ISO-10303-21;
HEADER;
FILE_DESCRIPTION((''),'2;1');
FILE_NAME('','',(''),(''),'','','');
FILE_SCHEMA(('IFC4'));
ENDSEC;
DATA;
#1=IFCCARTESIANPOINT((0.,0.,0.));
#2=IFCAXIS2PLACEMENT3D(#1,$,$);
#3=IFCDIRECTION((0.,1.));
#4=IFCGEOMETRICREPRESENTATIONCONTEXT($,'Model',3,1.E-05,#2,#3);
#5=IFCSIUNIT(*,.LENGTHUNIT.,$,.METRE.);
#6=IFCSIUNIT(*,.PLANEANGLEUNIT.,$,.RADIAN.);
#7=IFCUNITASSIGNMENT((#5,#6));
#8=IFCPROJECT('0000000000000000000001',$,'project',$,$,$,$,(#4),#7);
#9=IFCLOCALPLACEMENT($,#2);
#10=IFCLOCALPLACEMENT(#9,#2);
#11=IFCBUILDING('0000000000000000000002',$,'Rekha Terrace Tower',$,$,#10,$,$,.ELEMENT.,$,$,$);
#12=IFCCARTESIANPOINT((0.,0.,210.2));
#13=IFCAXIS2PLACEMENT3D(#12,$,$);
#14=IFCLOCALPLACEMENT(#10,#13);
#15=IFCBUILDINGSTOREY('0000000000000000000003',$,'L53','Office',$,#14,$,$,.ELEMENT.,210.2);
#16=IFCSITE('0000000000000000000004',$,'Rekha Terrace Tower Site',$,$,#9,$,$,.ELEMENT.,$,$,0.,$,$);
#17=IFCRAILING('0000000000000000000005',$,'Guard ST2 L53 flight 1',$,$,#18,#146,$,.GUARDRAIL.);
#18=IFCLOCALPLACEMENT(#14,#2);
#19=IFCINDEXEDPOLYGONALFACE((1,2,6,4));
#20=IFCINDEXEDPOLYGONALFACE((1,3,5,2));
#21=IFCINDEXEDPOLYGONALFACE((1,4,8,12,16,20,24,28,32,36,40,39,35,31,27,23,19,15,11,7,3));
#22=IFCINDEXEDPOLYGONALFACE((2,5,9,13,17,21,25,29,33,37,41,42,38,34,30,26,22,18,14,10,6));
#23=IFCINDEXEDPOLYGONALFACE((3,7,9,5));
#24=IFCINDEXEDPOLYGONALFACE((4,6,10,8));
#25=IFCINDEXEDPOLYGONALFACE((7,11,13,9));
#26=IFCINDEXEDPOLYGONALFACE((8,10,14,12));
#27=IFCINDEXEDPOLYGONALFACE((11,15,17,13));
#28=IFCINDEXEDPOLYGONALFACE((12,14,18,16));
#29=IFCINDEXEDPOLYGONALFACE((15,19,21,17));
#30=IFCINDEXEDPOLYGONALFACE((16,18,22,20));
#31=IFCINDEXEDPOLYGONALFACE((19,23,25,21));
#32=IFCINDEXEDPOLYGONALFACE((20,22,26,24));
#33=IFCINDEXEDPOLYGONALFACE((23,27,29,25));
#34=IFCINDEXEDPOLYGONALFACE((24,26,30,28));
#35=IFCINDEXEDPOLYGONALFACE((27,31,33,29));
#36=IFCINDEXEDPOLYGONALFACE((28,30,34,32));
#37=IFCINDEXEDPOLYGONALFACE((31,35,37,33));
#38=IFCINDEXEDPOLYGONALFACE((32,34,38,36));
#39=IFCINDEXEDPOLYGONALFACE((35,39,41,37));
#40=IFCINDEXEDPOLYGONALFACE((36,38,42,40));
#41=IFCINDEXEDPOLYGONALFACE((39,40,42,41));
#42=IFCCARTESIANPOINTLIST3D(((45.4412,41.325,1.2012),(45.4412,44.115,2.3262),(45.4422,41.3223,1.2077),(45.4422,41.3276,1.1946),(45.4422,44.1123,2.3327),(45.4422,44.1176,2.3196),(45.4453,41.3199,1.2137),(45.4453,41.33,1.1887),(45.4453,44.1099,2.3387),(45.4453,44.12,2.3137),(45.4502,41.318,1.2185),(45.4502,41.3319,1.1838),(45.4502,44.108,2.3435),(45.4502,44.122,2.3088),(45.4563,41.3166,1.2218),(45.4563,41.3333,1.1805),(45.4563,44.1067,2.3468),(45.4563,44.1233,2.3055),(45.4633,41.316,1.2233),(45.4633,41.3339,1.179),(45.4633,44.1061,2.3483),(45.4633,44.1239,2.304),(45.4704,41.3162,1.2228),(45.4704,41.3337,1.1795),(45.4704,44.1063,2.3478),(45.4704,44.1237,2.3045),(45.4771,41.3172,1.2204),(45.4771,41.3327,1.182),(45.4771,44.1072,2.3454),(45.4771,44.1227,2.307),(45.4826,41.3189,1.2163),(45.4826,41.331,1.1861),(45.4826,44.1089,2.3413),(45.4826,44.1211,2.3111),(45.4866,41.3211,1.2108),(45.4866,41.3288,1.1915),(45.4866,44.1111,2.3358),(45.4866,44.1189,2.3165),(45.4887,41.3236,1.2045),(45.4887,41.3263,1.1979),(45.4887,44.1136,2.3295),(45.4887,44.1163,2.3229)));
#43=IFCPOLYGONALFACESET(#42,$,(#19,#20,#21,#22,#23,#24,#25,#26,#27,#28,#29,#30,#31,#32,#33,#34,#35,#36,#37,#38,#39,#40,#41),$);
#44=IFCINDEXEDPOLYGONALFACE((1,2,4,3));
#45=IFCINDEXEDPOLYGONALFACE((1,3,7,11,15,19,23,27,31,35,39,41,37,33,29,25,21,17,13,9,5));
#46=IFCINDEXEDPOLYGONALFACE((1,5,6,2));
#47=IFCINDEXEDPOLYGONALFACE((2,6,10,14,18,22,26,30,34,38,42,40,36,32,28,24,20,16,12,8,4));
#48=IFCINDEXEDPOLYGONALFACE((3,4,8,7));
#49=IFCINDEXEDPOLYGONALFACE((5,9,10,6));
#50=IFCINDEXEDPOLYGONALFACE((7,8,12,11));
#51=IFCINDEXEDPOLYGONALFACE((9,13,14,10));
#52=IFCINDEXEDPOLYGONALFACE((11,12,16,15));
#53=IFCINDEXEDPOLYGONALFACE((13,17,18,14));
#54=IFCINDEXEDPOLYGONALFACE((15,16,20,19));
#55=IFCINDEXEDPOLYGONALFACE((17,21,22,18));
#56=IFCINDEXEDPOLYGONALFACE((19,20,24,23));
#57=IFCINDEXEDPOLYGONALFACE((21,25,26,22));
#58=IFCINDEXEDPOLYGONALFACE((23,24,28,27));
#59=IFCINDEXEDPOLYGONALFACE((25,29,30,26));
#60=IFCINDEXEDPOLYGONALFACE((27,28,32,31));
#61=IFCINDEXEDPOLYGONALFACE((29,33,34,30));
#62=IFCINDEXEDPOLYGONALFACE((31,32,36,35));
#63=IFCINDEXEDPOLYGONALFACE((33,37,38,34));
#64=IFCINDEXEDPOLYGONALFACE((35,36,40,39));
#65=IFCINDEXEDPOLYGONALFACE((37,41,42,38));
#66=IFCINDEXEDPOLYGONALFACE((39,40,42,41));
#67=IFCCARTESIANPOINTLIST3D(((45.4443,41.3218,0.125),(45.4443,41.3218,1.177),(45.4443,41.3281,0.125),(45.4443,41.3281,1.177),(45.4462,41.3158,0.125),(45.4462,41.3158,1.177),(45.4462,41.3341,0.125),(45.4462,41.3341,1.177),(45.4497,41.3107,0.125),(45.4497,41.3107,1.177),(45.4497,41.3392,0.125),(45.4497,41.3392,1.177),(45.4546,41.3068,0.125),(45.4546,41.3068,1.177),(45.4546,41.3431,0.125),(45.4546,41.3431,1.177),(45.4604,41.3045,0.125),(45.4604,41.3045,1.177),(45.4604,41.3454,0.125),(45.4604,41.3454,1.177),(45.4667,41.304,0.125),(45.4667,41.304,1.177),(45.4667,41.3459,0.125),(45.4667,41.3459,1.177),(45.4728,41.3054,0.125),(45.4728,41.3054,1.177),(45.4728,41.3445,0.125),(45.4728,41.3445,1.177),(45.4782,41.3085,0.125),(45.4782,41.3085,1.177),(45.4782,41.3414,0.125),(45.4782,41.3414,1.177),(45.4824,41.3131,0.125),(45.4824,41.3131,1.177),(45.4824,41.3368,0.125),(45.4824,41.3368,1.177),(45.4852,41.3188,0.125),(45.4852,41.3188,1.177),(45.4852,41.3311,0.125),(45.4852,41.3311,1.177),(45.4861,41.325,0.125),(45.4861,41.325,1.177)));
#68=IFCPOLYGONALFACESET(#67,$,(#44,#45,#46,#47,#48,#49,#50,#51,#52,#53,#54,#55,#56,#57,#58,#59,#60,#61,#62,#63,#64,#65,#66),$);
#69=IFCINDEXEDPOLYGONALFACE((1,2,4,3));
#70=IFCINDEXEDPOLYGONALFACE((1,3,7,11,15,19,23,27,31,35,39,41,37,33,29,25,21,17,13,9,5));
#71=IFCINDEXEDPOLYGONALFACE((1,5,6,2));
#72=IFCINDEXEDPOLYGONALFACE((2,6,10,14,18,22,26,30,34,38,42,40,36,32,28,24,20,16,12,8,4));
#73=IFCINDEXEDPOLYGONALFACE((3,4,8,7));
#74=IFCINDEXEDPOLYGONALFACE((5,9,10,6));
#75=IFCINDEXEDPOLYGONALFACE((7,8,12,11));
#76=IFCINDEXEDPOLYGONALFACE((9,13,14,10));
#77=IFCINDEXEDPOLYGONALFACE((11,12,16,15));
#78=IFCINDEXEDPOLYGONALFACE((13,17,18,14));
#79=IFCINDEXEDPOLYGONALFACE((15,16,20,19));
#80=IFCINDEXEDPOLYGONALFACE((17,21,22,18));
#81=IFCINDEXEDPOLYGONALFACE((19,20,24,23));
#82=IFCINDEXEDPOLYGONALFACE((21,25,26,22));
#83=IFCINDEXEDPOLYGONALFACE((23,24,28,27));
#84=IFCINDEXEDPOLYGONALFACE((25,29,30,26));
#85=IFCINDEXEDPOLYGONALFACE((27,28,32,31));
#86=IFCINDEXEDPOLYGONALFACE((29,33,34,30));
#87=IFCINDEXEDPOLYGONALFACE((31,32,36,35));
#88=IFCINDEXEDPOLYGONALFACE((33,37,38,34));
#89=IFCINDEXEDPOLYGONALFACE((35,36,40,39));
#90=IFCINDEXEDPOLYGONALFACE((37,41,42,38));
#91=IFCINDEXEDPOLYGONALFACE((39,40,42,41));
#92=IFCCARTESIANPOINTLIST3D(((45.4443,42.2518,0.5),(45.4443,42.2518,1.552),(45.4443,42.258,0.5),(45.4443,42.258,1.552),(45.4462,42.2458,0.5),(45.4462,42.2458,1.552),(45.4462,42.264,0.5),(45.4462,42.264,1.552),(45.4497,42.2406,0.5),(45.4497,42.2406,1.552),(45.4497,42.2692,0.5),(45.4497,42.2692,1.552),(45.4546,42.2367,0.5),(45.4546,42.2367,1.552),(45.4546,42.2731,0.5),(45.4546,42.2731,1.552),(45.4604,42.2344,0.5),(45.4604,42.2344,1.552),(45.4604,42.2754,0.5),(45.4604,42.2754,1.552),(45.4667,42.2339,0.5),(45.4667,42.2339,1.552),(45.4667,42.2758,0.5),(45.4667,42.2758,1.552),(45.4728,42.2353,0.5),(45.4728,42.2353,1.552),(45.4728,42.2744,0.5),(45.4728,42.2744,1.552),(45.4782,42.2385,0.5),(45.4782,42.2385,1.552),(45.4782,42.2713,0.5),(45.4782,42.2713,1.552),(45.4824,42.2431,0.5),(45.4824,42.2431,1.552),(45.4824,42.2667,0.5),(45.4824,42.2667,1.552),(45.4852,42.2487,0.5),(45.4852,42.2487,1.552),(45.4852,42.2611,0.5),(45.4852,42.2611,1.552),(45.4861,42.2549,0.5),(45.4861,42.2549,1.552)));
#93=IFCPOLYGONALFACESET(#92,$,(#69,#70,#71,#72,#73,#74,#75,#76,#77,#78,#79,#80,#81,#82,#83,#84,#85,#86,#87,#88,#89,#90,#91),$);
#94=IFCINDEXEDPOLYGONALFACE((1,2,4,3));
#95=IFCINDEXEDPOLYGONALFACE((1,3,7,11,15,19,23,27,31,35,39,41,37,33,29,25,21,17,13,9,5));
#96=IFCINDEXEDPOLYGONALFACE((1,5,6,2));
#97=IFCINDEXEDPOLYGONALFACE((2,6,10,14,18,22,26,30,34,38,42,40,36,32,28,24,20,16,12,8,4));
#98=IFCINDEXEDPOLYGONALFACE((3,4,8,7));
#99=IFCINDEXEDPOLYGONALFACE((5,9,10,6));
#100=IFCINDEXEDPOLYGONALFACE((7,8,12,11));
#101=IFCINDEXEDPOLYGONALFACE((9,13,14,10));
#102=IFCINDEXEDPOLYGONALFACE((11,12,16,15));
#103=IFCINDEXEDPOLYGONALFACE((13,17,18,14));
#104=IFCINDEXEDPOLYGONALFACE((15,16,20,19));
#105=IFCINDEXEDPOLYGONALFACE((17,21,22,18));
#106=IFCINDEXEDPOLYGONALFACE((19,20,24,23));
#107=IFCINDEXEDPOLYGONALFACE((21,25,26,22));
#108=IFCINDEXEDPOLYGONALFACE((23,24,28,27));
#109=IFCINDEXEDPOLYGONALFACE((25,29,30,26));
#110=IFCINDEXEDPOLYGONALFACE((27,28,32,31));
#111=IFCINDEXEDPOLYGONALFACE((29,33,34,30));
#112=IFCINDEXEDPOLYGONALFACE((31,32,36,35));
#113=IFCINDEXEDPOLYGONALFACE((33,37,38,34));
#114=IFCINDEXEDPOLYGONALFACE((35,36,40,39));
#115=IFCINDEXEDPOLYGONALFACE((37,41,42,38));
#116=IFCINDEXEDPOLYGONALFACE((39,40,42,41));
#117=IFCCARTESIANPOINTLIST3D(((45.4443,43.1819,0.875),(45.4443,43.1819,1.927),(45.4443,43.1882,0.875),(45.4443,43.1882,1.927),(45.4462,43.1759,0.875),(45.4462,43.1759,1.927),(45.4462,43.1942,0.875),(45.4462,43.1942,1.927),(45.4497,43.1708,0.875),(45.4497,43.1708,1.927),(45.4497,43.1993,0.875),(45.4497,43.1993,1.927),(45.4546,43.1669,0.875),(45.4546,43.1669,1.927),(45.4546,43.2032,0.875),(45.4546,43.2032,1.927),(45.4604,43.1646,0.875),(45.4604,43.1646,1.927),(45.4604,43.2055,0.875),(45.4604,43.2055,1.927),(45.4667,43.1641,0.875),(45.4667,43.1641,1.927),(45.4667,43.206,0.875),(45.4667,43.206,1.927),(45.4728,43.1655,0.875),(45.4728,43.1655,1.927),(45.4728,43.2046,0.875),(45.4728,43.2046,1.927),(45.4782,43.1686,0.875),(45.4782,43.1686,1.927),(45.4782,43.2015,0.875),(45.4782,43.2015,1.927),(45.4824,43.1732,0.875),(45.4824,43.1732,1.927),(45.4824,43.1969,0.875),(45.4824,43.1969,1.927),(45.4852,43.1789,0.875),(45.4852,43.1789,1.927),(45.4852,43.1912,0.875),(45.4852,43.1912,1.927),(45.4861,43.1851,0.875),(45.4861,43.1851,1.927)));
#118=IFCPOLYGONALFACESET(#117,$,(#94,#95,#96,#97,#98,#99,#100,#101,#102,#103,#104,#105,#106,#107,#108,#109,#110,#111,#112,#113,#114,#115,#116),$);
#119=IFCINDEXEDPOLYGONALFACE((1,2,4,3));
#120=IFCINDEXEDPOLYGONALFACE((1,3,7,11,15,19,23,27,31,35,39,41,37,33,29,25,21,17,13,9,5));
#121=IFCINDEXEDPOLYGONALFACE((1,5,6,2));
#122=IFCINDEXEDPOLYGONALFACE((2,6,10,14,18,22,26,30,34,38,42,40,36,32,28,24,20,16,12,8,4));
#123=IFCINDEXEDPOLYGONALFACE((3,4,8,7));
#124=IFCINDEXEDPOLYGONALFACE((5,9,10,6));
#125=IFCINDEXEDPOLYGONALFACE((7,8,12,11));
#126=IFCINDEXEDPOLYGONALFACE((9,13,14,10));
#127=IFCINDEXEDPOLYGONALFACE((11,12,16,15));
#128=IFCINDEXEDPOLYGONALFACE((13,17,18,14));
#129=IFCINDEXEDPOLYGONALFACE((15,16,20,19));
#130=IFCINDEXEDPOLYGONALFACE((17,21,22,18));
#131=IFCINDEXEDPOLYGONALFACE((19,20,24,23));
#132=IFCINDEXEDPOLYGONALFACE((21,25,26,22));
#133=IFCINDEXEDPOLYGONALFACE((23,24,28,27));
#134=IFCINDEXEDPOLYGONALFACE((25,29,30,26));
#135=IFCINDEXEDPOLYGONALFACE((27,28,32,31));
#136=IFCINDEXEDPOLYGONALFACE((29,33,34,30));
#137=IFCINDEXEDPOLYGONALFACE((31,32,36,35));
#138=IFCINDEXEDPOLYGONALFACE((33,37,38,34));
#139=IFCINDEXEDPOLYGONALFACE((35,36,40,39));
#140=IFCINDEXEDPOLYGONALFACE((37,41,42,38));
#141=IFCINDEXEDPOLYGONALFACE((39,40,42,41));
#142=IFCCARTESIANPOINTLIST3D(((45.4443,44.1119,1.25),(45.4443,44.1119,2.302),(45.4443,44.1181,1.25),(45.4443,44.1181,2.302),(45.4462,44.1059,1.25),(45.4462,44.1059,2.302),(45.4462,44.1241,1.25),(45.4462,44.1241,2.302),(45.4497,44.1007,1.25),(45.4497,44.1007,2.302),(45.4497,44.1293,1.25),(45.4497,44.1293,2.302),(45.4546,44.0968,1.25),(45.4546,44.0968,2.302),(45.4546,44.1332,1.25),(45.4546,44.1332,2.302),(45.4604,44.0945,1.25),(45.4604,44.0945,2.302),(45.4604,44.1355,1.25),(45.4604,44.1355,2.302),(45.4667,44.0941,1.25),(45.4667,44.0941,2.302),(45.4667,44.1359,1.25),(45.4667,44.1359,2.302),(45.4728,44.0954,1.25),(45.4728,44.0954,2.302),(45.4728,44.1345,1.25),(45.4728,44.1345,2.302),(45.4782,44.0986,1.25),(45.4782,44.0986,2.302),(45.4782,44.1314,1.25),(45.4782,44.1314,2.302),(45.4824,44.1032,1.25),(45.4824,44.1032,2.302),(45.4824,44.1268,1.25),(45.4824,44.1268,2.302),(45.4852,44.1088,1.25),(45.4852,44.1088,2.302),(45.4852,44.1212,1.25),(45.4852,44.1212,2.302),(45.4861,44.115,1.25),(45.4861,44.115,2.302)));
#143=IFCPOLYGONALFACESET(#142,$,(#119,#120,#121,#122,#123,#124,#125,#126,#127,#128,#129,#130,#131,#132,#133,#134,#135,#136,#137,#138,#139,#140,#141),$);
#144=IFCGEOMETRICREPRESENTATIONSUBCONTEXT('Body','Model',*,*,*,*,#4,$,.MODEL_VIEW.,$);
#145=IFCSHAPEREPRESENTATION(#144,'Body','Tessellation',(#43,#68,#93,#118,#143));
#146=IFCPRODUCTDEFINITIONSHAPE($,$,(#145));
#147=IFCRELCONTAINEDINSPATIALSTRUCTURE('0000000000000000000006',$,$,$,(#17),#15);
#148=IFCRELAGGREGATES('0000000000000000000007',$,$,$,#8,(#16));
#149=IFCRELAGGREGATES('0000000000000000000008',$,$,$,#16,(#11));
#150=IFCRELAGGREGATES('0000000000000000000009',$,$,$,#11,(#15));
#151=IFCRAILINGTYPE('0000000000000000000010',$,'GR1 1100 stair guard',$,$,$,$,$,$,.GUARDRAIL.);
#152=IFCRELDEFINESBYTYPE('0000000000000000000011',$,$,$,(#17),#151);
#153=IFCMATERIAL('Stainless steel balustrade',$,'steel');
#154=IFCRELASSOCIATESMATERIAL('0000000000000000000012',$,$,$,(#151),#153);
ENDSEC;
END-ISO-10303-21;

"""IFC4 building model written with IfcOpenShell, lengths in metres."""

from ifc_helpers import new_model, si_unit, direction, frame, origin, origin_2d, place, context, subcontext, project, spatial, circle, extrude, material, type_object, element, save


model = new_model("IFC4")

# Units and contexts
model_context = context("Model", 3, precision=1e-05, world=origin(), true_north=direction((0.0, 1.0)))
body_context = subcontext(model_context, "Body", "Model", "MODEL_VIEW")
ifc_project = project(units=[si_unit("LENGTHUNIT", "METRE"), si_unit("PLANEANGLEUNIT", "RADIAN")], contexts=[model_context])

# Site, building, storey
site_placement = place(None, origin())
site = spatial("IfcSite", under=ifc_project, at=site_placement, Name="Rekha Terrace Tower Site", CompositionType="ELEMENT", RefElevation=0.0)
building_placement = place(site_placement, origin())
building = spatial("IfcBuilding", under=site, at=building_placement, Name="Rekha Terrace Tower", CompositionType="ELEMENT")
storey_placement = place(building_placement, frame((0.0, 0.0, 210.2)))
storey = spatial("IfcBuildingStorey", under=building, at=storey_placement, Name="L53", Description="Office", CompositionType="ELEMENT", Elevation=210.2)

# Railing
ifc_material_1 = material(Name="Stainless steel balustrade", Category="steel")
railing_type_1 = type_object("IfcRailingType", Name="GR1 1100 stair guard", PredefinedType="GUARDRAIL", material=ifc_material_1)
railing_1_placement = place(storey_placement, frame((45.4651, 41.325, 0.125)))
element("IfcRailing", 1, at=railing_1_placement, inside=storey, type_object=railing_type_1, Name="Guard ST2 L53 flight 1", PredefinedType="GUARDRAIL", context=body_context, shape_type="SweptSolid", body=[
    extrude(circle(Radius=0.0239, at=origin_2d()), frame((0.0, 0.0, 1.0762), z_axis=(0.0, 0.927443, 0.373964), x_axis=(-1.0, 0.0, 0.0)), (0.0, 0.0, 1.0), 3.0083),
    extrude(circle(Radius=0.021, at=origin_2d()), origin(), (0.0, 0.0, 1.0), 1.052),
    extrude(circle(Radius=0.021, at=origin_2d()), frame((0.0, 0.9299, 0.375)), (0.0, 0.0, 1.0), 1.052),
    extrude(circle(Radius=0.021, at=origin_2d()), frame((0.0, 1.8601, 0.75)), (0.0, 0.0, 1.0), 1.052),
    extrude(circle(Radius=0.021, at=origin_2d()), frame((0.0, 2.79, 1.125)), (0.0, 0.0, 1.0), 1.052),
])

save(model, "model.ifc")
